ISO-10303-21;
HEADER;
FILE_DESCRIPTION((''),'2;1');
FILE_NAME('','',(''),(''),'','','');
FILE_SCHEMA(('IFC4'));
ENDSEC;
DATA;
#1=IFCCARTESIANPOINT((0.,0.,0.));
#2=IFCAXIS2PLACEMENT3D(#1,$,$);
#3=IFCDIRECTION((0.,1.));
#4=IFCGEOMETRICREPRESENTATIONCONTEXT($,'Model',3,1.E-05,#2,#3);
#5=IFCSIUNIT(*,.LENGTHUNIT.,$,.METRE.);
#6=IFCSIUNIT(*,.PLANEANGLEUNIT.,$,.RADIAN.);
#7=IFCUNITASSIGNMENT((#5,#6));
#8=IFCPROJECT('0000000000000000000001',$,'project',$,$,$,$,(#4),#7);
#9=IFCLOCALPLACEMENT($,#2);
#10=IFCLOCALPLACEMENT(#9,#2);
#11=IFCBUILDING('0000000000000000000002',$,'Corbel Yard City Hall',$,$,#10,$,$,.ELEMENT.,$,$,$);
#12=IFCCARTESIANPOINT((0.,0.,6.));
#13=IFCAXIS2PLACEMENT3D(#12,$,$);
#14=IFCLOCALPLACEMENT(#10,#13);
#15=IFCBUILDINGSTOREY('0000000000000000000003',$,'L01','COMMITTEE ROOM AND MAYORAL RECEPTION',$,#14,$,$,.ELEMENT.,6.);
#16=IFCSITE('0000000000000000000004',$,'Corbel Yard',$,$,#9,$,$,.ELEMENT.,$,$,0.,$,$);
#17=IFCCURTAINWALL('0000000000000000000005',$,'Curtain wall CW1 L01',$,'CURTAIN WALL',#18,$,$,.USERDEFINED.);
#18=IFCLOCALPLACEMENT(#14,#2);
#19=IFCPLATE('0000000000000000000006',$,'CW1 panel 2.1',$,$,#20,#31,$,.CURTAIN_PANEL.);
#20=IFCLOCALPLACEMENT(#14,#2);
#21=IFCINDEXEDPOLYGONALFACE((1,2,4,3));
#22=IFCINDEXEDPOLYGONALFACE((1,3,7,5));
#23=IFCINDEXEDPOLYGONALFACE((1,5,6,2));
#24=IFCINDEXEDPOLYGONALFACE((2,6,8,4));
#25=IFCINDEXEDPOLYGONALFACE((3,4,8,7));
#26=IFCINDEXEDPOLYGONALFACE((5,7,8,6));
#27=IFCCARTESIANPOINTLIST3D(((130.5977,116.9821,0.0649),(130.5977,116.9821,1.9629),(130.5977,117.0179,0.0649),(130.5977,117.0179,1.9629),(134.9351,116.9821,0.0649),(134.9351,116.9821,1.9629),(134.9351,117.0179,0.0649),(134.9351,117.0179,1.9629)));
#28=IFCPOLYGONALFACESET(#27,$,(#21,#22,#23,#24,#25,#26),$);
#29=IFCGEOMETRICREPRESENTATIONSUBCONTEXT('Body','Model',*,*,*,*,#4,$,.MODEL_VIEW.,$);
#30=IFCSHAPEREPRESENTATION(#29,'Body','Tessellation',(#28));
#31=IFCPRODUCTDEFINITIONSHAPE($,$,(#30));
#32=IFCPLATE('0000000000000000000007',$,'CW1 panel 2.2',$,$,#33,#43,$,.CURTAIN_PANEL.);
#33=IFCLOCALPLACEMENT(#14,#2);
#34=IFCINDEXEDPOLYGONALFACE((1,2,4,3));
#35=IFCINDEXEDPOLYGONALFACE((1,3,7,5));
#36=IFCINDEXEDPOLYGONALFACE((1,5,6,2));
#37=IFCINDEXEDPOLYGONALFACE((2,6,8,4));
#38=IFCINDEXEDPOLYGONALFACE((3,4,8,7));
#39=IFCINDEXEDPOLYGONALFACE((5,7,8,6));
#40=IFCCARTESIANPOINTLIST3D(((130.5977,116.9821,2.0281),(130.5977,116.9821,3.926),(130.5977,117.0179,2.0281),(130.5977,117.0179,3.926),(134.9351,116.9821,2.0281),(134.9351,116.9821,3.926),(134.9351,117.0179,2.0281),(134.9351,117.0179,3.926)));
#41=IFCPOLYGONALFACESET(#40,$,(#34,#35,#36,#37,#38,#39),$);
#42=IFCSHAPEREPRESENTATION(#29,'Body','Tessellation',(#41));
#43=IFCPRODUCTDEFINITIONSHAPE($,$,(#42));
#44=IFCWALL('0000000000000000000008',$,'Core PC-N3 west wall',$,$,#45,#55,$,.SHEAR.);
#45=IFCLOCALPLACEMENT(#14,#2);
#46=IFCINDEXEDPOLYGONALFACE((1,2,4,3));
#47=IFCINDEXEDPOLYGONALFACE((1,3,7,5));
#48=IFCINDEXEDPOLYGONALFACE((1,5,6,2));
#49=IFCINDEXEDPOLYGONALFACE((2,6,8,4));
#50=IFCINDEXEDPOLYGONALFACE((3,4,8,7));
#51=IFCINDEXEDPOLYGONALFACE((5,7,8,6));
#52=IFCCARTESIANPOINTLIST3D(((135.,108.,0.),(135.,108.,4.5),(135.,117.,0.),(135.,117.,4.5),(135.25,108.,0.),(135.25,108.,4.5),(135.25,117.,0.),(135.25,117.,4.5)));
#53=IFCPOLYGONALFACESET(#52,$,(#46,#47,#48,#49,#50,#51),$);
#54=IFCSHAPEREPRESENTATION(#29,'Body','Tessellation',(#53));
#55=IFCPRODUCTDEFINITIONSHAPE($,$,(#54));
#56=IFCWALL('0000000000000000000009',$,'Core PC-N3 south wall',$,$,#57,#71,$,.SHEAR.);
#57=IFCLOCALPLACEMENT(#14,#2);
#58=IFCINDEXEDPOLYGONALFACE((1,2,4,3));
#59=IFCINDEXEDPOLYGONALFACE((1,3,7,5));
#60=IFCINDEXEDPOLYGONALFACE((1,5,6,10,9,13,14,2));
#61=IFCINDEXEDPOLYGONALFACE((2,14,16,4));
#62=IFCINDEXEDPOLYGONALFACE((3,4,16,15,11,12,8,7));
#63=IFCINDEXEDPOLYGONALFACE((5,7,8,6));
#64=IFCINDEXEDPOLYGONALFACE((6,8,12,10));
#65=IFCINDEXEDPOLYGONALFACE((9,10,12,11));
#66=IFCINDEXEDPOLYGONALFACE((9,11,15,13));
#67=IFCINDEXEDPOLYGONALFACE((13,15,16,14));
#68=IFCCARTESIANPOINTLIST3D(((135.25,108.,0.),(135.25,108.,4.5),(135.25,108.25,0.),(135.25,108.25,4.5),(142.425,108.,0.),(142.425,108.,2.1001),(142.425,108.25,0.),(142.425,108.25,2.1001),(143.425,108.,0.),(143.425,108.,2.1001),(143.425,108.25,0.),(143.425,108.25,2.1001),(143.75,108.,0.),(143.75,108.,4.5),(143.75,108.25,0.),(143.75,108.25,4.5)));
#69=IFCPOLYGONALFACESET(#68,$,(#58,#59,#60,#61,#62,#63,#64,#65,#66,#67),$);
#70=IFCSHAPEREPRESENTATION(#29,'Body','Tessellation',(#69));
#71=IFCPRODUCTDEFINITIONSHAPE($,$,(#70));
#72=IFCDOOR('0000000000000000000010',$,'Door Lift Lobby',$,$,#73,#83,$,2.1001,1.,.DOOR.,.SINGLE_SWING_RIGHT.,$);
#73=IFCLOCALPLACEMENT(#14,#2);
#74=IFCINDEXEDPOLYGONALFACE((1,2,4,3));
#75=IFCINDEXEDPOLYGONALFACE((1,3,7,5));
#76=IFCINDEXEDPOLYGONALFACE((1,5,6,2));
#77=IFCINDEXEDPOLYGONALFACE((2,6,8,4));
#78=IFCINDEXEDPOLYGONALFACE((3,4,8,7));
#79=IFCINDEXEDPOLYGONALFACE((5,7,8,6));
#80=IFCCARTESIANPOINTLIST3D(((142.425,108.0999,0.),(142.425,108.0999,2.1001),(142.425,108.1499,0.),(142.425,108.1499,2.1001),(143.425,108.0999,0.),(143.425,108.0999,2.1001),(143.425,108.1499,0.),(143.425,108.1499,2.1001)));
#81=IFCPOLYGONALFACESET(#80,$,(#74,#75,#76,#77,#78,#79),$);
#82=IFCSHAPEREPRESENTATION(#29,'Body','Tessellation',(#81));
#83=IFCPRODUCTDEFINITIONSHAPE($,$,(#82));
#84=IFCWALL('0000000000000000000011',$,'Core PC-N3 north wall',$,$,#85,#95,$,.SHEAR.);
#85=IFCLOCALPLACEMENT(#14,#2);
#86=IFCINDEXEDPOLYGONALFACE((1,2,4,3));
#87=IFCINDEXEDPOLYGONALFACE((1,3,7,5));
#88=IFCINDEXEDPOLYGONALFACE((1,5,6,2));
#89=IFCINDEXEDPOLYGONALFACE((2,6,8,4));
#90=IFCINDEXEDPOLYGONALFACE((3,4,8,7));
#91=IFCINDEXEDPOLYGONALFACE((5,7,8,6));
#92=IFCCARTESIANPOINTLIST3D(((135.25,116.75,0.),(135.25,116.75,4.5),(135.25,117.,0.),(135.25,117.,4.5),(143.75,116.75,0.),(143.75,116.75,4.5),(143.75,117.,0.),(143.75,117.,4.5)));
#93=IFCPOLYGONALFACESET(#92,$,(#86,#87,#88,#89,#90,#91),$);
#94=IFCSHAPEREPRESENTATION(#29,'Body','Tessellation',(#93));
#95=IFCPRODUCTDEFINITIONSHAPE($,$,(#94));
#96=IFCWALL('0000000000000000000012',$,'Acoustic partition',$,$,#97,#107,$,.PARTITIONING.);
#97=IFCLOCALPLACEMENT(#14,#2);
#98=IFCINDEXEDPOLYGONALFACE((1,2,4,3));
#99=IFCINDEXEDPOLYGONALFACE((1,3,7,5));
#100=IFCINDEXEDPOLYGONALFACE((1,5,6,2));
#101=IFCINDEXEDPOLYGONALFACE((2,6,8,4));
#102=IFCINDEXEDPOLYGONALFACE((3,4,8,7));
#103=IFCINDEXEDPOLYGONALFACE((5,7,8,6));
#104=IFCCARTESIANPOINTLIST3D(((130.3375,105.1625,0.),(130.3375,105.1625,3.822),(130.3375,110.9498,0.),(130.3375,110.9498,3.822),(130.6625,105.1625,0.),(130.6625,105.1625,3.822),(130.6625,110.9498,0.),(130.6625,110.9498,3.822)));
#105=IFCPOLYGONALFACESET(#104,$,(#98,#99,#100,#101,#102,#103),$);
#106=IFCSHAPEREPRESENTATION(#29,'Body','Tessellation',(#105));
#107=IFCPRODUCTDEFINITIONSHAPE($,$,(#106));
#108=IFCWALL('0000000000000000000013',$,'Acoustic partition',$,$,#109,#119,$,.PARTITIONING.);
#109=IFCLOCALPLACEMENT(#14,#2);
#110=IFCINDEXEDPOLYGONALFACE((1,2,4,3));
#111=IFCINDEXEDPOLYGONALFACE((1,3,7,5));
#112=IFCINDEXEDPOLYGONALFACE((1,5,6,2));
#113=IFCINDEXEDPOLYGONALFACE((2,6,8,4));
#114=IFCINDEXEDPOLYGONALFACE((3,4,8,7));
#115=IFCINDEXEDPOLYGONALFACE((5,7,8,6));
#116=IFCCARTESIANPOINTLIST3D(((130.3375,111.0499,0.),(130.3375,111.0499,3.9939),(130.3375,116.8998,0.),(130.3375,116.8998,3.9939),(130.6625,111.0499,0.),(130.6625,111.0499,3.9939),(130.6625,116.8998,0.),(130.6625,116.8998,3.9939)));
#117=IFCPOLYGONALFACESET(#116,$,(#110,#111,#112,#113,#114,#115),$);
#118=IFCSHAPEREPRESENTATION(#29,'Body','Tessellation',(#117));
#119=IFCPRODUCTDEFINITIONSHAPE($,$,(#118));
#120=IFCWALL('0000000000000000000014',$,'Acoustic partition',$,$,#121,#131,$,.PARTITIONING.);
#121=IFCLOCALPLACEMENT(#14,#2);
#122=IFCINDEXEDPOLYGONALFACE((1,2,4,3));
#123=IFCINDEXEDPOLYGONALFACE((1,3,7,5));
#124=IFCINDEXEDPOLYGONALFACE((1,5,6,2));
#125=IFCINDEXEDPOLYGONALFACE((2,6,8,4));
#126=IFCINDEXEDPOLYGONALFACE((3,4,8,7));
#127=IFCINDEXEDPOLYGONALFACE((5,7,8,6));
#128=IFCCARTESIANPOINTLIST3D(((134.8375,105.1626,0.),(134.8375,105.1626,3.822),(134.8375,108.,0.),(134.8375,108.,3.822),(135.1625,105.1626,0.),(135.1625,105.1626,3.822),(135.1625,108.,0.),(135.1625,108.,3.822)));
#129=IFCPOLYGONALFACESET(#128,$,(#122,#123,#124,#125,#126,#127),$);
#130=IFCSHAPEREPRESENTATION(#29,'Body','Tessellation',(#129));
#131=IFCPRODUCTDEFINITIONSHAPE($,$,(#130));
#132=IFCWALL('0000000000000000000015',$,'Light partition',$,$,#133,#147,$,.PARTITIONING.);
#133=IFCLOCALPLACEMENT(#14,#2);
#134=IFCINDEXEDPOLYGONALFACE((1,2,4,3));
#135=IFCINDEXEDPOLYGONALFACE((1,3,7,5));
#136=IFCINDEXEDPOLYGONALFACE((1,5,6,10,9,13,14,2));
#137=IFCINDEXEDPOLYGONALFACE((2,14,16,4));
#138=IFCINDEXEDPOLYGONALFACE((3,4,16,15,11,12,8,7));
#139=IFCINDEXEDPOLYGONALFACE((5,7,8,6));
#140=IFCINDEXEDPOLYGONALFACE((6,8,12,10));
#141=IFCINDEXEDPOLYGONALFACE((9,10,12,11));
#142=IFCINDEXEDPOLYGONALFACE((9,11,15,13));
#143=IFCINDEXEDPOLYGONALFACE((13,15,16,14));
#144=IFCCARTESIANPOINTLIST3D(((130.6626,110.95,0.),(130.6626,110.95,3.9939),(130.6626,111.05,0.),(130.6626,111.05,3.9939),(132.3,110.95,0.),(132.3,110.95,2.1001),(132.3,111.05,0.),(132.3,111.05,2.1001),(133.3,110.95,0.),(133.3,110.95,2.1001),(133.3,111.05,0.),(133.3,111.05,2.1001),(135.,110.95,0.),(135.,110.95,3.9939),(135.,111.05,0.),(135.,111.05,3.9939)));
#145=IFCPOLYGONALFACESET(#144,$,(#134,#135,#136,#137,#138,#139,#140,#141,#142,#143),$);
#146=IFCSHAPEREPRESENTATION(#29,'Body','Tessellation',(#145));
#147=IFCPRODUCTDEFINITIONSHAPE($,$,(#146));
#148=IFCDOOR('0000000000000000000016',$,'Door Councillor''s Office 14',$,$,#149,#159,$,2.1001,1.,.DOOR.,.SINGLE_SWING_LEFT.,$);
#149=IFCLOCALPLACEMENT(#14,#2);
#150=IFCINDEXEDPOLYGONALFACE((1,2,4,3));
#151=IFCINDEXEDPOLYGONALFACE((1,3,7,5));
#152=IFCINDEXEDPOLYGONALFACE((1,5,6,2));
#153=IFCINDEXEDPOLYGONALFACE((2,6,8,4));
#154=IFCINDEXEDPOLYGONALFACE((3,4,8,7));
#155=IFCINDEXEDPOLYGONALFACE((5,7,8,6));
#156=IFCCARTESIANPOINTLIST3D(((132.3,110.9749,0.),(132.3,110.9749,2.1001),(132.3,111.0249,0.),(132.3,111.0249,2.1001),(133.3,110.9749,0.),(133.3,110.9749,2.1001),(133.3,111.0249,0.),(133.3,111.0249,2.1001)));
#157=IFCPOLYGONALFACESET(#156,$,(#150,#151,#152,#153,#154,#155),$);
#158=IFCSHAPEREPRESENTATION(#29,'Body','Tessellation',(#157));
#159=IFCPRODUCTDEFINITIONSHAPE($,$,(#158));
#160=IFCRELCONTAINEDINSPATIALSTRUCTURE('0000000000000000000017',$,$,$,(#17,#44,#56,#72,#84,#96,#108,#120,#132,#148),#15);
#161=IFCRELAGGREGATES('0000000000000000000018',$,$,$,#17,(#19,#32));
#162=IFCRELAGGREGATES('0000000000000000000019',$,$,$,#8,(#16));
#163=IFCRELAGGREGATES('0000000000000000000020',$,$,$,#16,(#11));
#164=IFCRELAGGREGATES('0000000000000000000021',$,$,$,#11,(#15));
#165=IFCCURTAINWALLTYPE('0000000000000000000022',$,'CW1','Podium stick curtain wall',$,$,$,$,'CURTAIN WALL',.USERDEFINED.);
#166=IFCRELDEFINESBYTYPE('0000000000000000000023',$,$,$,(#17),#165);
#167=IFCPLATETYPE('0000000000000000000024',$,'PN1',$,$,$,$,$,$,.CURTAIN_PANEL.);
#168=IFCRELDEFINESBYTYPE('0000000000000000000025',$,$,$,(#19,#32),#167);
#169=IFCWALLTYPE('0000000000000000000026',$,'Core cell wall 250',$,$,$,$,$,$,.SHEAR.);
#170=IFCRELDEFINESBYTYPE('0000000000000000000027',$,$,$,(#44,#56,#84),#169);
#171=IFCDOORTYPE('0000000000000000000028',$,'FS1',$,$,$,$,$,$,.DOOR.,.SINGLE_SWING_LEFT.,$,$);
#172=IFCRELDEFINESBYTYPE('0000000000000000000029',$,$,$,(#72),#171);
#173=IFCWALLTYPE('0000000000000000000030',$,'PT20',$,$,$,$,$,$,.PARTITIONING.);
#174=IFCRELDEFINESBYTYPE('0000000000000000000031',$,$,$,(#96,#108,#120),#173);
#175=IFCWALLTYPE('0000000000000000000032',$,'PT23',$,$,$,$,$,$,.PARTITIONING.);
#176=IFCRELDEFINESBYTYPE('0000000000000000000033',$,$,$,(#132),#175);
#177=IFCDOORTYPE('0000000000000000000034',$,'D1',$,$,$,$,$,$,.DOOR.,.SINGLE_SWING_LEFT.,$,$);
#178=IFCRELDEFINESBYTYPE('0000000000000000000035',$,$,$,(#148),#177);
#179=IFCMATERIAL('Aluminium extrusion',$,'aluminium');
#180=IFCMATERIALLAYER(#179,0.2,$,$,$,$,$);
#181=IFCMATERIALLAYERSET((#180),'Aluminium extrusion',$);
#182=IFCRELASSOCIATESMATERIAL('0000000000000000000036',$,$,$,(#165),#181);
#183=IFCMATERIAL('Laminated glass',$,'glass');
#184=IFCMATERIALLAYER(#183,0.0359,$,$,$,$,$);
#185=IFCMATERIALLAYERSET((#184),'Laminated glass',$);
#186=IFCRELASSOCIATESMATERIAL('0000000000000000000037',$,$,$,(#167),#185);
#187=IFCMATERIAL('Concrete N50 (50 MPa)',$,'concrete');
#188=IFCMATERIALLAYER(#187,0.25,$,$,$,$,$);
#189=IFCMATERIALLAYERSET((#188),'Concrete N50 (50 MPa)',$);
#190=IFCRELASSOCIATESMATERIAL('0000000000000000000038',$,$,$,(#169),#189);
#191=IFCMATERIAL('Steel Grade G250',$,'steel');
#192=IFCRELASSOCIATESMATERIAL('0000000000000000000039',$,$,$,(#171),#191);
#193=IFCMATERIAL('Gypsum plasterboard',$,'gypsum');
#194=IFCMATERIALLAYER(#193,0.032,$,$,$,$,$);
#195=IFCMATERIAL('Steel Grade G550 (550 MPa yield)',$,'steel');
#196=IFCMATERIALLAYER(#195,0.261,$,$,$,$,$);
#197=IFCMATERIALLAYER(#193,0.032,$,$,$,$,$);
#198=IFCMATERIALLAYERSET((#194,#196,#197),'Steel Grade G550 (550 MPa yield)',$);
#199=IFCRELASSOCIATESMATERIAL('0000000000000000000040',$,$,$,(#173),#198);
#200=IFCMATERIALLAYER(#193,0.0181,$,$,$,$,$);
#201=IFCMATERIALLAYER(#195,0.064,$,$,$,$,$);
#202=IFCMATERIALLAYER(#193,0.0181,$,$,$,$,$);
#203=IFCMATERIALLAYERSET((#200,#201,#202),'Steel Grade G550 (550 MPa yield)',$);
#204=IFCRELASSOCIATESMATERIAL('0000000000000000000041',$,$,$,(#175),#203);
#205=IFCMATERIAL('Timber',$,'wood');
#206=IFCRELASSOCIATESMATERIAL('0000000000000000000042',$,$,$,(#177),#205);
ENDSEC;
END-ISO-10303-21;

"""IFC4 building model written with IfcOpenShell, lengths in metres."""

from ifc_helpers import new_model, si_unit, direction, frame, frame_2d, origin, origin_2d, place, context, subcontext, project, spatial, rectangle, extrude, material, layer, layer_set, type_object, element, fill, aggregate, save


model = new_model("IFC4")

# Units and contexts
model_context = context("Model", 3, precision=1e-05, world=origin(), true_north=direction((0.0, 1.0)))
body_context = subcontext(model_context, "Body", "Model", "MODEL_VIEW")
ifc_project = project(units=[si_unit("LENGTHUNIT", "METRE"), si_unit("PLANEANGLEUNIT", "RADIAN")], contexts=[model_context])

# Site, building, storey
site_placement = place(None, origin())
site = spatial("IfcSite", under=ifc_project, at=site_placement, Name="Corbel Yard", CompositionType="ELEMENT", RefElevation=0.0)
building_placement = place(site_placement, origin())
building = spatial("IfcBuilding", under=site, at=building_placement, Name="Corbel Yard City Hall", CompositionType="ELEMENT")
storey_placement = place(building_placement, frame((0.0, 0.0, 6.0)))
storey = spatial("IfcBuildingStorey", under=building, at=storey_placement, Name="L01", Description="COMMITTEE ROOM AND MAYORAL RECEPTION", CompositionType="ELEMENT", Elevation=6.0)

# Curtain wall
ifc_material_1 = material(Name="Aluminium extrusion", Category="aluminium")
ifc_layer_1 = layer(ifc_material_1, 0.2)
ifc_layer_set_1 = layer_set([ifc_layer_1], Name="Aluminium extrusion")
curtain_wall_type = type_object("IfcCurtainWallType", Name="CW1", Description="Podium stick curtain wall", ElementType="CURTAIN WALL", PredefinedType="USERDEFINED", material=ifc_layer_set_1)
curtain_wall_placement = place(storey_placement, origin())
curtain_wall = element("IfcCurtainWall", 1, at=curtain_wall_placement, inside=storey, type_object=curtain_wall_type, Name="Curtain wall CW1 L01", ObjectType="CURTAIN WALL", PredefinedType="USERDEFINED")

# Plates
ifc_material_2 = material(Name="Laminated glass", Category="glass")
ifc_layer_2 = layer(ifc_material_2, 0.0359)
ifc_layer_set_2 = layer_set([ifc_layer_2], Name="Laminated glass")
plate_type = type_object("IfcPlateType", Name="PN1", PredefinedType="CURTAIN_PANEL", material=ifc_layer_set_2)
plate_1_placement = place(storey_placement, frame((132.7664, 117.0, 0.0649), z_axis=(0.0, 0.0, 1.0), x_axis=(1.0, 0.0, 0.0)))
plate_1 = element("IfcPlate", 2, at=plate_1_placement, type_object=plate_type, Name="CW1 panel 2.1", PredefinedType="CURTAIN_PANEL", context=body_context, shape_type="SweptSolid", body=[
    extrude(rectangle(XDim=4.3374, YDim=0.0359, at=origin_2d()), origin(), (0.0, 0.0, 1.0), 1.8979),
])
plate_2_placement = place(storey_placement, frame((132.7664, 117.0, 2.0281), z_axis=(0.0, 0.0, 1.0), x_axis=(1.0, 0.0, 0.0)))
plate_2 = element("IfcPlate", 3, at=plate_2_placement, type_object=plate_type, Name="CW1 panel 2.2", PredefinedType="CURTAIN_PANEL", context=body_context, shape_type="SweptSolid", body=[
    extrude(rectangle(XDim=4.3374, YDim=0.0359, at=origin_2d()), origin(), (0.0, 0.0, 1.0), 1.8979),
])
aggregate(curtain_wall, [plate_1, plate_2])

# Wall
ifc_material_3 = material(Name="Concrete N50 (50 MPa)", Category="concrete")
ifc_layer_3 = layer(ifc_material_3, 0.25)
ifc_layer_set_3 = layer_set([ifc_layer_3], Name="Concrete N50 (50 MPa)")
wall_type_1 = type_object("IfcWallType", Name="Core cell wall 250", PredefinedType="SHEAR", material=ifc_layer_set_3)
wall_1_placement = place(storey_placement, frame((135.125, 108.0, 0.0), z_axis=(0.0, 0.0, 1.0), x_axis=(0.0, 1.0, 0.0)))
element("IfcWall", 4, at=wall_1_placement, inside=storey, type_object=wall_type_1, Name="Core PC-N3 west wall", PredefinedType="SHEAR", context=body_context, shape_type="SweptSolid", body=[
    extrude(rectangle(XDim=9.0, YDim=0.25, at=frame_2d((4.5, 0.0))), origin(), (0.0, 0.0, 1.0), 4.5),
])

# Wall, opening, door
wall_2_placement = place(storey_placement, frame((135.25, 108.125, 0.0), z_axis=(0.0, 0.0, 1.0), x_axis=(1.0, 0.0, 0.0)))
wall_2 = element("IfcWall", 5, at=wall_2_placement, inside=storey, type_object=wall_type_1, Name="Core PC-N3 south wall", PredefinedType="SHEAR", context=body_context, shape_type="SweptSolid", body=[
    extrude(rectangle(XDim=8.5, YDim=0.25, at=frame_2d((4.25, 0.0))), origin(), (0.0, 0.0, 1.0), 4.5),
])
opening_1_placement = place(wall_2_placement, frame((7.175, 0.0, 0.0)))
opening_1 = element("IfcOpeningElement", 6, at=opening_1_placement, cuts=wall_2, PredefinedType="OPENING", context=body_context, shape_type="SweptSolid", body=[
    extrude(rectangle(XDim=1.0, YDim=2.1001, at=frame_2d((0.5, 1.05))), frame((0.0, 0.135, 0.0), z_axis=(0.0, -1.0, 0.0), x_axis=(1.0, 0.0, 0.0)), (0.0, 0.0, 1.0), 0.27),
])
ifc_material_4 = material(Name="Steel Grade G250", Category="steel")
door_type_1 = type_object("IfcDoorType", Name="FS1", OperationType="SINGLE_SWING_LEFT", PredefinedType="DOOR", material=ifc_material_4)
door_1_placement = place(opening_1_placement, origin())
door_1 = element("IfcDoor", 7, at=door_1_placement, inside=storey, type_object=door_type_1, Name="Door Lift Lobby", OperationType="SINGLE_SWING_RIGHT", OverallHeight=2.1001, OverallWidth=1.0, PredefinedType="DOOR", context=body_context, shape_type="SweptSolid", body=[
    extrude(rectangle(XDim=1.0, YDim=2.1001, at=frame_2d((0.5, 1.05))), frame((0.0, 0.0249, 0.0), z_axis=(0.0, -1.0, 0.0), x_axis=(1.0, 0.0, 0.0)), (0.0, 0.0, 1.0), 0.05),
])
fill(opening_1, door_1)

# Walls
wall_3_placement = place(storey_placement, frame((135.25, 116.875, 0.0), z_axis=(0.0, 0.0, 1.0), x_axis=(1.0, 0.0, 0.0)))
element("IfcWall", 8, at=wall_3_placement, inside=storey, type_object=wall_type_1, Name="Core PC-N3 north wall", PredefinedType="SHEAR", context=body_context, shape_type="SweptSolid", body=[
    extrude(rectangle(XDim=8.5, YDim=0.25, at=frame_2d((4.25, 0.0))), origin(), (0.0, 0.0, 1.0), 4.5),
])
ifc_material_5 = material(Name="Gypsum plasterboard", Category="gypsum")
ifc_layer_4 = layer(ifc_material_5, 0.032)
ifc_material_6 = material(Name="Steel Grade G550 (550 MPa yield)", Category="steel")
ifc_layer_5 = layer(ifc_material_6, 0.261)
ifc_layer_6 = layer(ifc_material_5, 0.032)
ifc_layer_set_4 = layer_set([ifc_layer_4, ifc_layer_5, ifc_layer_6], Name="Steel Grade G550 (550 MPa yield)")
wall_type_2 = type_object("IfcWallType", Name="PT20", PredefinedType="PARTITIONING", material=ifc_layer_set_4)
wall_4_placement = place(storey_placement, frame((130.5, 105.1626, 0.0), z_axis=(0.0, 0.0, 1.0), x_axis=(0.0, 1.0, 0.0)))
element("IfcWall", 9, at=wall_4_placement, inside=storey, type_object=wall_type_2, Name="Acoustic partition", PredefinedType="PARTITIONING", context=body_context, shape_type="SweptSolid", body=[
    extrude(rectangle(XDim=5.7874, YDim=0.325, at=frame_2d((2.8936, 0.0))), origin(), (0.0, 0.0, 1.0), 3.822),
])
wall_5_placement = place(storey_placement, frame((130.5, 111.05, 0.0), z_axis=(0.0, 0.0, 1.0), x_axis=(0.0, 1.0, 0.0)))
element("IfcWall", 10, at=wall_5_placement, inside=storey, type_object=wall_type_2, Name="Acoustic partition", PredefinedType="PARTITIONING", context=body_context, shape_type="SweptSolid", body=[
    extrude(rectangle(XDim=5.8499, YDim=0.325, at=frame_2d((2.9248, 0.0))), origin(), (0.0, 0.0, 1.0), 3.9939),
])
wall_6_placement = place(storey_placement, frame((135.0, 105.1626, 0.0), z_axis=(0.0, 0.0, 1.0), x_axis=(0.0, 1.0, 0.0)))
element("IfcWall", 11, at=wall_6_placement, inside=storey, type_object=wall_type_2, Name="Acoustic partition", PredefinedType="PARTITIONING", context=body_context, shape_type="SweptSolid", body=[
    extrude(rectangle(XDim=2.8374, YDim=0.325, at=frame_2d((1.4187, 0.0))), origin(), (0.0, 0.0, 1.0), 3.822),
])

# Wall, opening, door
ifc_layer_7 = layer(ifc_material_5, 0.0181)
ifc_layer_8 = layer(ifc_material_6, 0.064)
ifc_layer_9 = layer(ifc_material_5, 0.0181)
ifc_layer_set_5 = layer_set([ifc_layer_7, ifc_layer_8, ifc_layer_9], Name="Steel Grade G550 (550 MPa yield)")
wall_type_3 = type_object("IfcWallType", Name="PT23", PredefinedType="PARTITIONING", material=ifc_layer_set_5)
wall_7_placement = place(storey_placement, frame((130.6626, 111.0, 0.0), z_axis=(0.0, 0.0, 1.0), x_axis=(1.0, 0.0, 0.0)))
wall_7 = element("IfcWall", 12, at=wall_7_placement, inside=storey, type_object=wall_type_3, Name="Light partition", PredefinedType="PARTITIONING", context=body_context, shape_type="SweptSolid", body=[
    extrude(rectangle(XDim=4.3374, YDim=0.1001, at=frame_2d((2.1687, 0.0))), origin(), (0.0, 0.0, 1.0), 3.9939),
])
opening_2_placement = place(wall_7_placement, frame((1.6375, 0.0, 0.0)))
opening_2 = element("IfcOpeningElement", 13, at=opening_2_placement, cuts=wall_7, PredefinedType="OPENING", context=body_context, shape_type="SweptSolid", body=[
    extrude(rectangle(XDim=1.0, YDim=2.1001, at=frame_2d((0.5, 1.05))), frame((0.0, 0.0601, 0.0), z_axis=(0.0, -1.0, 0.0), x_axis=(1.0, 0.0, 0.0)), (0.0, 0.0, 1.0), 0.1201),
])
ifc_material_7 = material(Name="Timber", Category="wood")
door_type_2 = type_object("IfcDoorType", Name="D1", OperationType="SINGLE_SWING_LEFT", PredefinedType="DOOR", material=ifc_material_7)
door_2_placement = place(opening_2_placement, origin())
door_2 = element("IfcDoor", 14, at=door_2_placement, inside=storey, type_object=door_type_2, Name="Door Councillor's Office 14", OperationType="SINGLE_SWING_LEFT", OverallHeight=2.1001, OverallWidth=1.0, PredefinedType="DOOR", context=body_context, shape_type="SweptSolid", body=[
    extrude(rectangle(XDim=1.0, YDim=2.1001, at=frame_2d((0.5, 1.05))), frame((0.0, 0.0249, 0.0), z_axis=(0.0, -1.0, 0.0), x_axis=(1.0, 0.0, 0.0)), (0.0, 0.0, 1.0), 0.05),
])
fill(opening_2, door_2)

save(model, "model.ifc")
